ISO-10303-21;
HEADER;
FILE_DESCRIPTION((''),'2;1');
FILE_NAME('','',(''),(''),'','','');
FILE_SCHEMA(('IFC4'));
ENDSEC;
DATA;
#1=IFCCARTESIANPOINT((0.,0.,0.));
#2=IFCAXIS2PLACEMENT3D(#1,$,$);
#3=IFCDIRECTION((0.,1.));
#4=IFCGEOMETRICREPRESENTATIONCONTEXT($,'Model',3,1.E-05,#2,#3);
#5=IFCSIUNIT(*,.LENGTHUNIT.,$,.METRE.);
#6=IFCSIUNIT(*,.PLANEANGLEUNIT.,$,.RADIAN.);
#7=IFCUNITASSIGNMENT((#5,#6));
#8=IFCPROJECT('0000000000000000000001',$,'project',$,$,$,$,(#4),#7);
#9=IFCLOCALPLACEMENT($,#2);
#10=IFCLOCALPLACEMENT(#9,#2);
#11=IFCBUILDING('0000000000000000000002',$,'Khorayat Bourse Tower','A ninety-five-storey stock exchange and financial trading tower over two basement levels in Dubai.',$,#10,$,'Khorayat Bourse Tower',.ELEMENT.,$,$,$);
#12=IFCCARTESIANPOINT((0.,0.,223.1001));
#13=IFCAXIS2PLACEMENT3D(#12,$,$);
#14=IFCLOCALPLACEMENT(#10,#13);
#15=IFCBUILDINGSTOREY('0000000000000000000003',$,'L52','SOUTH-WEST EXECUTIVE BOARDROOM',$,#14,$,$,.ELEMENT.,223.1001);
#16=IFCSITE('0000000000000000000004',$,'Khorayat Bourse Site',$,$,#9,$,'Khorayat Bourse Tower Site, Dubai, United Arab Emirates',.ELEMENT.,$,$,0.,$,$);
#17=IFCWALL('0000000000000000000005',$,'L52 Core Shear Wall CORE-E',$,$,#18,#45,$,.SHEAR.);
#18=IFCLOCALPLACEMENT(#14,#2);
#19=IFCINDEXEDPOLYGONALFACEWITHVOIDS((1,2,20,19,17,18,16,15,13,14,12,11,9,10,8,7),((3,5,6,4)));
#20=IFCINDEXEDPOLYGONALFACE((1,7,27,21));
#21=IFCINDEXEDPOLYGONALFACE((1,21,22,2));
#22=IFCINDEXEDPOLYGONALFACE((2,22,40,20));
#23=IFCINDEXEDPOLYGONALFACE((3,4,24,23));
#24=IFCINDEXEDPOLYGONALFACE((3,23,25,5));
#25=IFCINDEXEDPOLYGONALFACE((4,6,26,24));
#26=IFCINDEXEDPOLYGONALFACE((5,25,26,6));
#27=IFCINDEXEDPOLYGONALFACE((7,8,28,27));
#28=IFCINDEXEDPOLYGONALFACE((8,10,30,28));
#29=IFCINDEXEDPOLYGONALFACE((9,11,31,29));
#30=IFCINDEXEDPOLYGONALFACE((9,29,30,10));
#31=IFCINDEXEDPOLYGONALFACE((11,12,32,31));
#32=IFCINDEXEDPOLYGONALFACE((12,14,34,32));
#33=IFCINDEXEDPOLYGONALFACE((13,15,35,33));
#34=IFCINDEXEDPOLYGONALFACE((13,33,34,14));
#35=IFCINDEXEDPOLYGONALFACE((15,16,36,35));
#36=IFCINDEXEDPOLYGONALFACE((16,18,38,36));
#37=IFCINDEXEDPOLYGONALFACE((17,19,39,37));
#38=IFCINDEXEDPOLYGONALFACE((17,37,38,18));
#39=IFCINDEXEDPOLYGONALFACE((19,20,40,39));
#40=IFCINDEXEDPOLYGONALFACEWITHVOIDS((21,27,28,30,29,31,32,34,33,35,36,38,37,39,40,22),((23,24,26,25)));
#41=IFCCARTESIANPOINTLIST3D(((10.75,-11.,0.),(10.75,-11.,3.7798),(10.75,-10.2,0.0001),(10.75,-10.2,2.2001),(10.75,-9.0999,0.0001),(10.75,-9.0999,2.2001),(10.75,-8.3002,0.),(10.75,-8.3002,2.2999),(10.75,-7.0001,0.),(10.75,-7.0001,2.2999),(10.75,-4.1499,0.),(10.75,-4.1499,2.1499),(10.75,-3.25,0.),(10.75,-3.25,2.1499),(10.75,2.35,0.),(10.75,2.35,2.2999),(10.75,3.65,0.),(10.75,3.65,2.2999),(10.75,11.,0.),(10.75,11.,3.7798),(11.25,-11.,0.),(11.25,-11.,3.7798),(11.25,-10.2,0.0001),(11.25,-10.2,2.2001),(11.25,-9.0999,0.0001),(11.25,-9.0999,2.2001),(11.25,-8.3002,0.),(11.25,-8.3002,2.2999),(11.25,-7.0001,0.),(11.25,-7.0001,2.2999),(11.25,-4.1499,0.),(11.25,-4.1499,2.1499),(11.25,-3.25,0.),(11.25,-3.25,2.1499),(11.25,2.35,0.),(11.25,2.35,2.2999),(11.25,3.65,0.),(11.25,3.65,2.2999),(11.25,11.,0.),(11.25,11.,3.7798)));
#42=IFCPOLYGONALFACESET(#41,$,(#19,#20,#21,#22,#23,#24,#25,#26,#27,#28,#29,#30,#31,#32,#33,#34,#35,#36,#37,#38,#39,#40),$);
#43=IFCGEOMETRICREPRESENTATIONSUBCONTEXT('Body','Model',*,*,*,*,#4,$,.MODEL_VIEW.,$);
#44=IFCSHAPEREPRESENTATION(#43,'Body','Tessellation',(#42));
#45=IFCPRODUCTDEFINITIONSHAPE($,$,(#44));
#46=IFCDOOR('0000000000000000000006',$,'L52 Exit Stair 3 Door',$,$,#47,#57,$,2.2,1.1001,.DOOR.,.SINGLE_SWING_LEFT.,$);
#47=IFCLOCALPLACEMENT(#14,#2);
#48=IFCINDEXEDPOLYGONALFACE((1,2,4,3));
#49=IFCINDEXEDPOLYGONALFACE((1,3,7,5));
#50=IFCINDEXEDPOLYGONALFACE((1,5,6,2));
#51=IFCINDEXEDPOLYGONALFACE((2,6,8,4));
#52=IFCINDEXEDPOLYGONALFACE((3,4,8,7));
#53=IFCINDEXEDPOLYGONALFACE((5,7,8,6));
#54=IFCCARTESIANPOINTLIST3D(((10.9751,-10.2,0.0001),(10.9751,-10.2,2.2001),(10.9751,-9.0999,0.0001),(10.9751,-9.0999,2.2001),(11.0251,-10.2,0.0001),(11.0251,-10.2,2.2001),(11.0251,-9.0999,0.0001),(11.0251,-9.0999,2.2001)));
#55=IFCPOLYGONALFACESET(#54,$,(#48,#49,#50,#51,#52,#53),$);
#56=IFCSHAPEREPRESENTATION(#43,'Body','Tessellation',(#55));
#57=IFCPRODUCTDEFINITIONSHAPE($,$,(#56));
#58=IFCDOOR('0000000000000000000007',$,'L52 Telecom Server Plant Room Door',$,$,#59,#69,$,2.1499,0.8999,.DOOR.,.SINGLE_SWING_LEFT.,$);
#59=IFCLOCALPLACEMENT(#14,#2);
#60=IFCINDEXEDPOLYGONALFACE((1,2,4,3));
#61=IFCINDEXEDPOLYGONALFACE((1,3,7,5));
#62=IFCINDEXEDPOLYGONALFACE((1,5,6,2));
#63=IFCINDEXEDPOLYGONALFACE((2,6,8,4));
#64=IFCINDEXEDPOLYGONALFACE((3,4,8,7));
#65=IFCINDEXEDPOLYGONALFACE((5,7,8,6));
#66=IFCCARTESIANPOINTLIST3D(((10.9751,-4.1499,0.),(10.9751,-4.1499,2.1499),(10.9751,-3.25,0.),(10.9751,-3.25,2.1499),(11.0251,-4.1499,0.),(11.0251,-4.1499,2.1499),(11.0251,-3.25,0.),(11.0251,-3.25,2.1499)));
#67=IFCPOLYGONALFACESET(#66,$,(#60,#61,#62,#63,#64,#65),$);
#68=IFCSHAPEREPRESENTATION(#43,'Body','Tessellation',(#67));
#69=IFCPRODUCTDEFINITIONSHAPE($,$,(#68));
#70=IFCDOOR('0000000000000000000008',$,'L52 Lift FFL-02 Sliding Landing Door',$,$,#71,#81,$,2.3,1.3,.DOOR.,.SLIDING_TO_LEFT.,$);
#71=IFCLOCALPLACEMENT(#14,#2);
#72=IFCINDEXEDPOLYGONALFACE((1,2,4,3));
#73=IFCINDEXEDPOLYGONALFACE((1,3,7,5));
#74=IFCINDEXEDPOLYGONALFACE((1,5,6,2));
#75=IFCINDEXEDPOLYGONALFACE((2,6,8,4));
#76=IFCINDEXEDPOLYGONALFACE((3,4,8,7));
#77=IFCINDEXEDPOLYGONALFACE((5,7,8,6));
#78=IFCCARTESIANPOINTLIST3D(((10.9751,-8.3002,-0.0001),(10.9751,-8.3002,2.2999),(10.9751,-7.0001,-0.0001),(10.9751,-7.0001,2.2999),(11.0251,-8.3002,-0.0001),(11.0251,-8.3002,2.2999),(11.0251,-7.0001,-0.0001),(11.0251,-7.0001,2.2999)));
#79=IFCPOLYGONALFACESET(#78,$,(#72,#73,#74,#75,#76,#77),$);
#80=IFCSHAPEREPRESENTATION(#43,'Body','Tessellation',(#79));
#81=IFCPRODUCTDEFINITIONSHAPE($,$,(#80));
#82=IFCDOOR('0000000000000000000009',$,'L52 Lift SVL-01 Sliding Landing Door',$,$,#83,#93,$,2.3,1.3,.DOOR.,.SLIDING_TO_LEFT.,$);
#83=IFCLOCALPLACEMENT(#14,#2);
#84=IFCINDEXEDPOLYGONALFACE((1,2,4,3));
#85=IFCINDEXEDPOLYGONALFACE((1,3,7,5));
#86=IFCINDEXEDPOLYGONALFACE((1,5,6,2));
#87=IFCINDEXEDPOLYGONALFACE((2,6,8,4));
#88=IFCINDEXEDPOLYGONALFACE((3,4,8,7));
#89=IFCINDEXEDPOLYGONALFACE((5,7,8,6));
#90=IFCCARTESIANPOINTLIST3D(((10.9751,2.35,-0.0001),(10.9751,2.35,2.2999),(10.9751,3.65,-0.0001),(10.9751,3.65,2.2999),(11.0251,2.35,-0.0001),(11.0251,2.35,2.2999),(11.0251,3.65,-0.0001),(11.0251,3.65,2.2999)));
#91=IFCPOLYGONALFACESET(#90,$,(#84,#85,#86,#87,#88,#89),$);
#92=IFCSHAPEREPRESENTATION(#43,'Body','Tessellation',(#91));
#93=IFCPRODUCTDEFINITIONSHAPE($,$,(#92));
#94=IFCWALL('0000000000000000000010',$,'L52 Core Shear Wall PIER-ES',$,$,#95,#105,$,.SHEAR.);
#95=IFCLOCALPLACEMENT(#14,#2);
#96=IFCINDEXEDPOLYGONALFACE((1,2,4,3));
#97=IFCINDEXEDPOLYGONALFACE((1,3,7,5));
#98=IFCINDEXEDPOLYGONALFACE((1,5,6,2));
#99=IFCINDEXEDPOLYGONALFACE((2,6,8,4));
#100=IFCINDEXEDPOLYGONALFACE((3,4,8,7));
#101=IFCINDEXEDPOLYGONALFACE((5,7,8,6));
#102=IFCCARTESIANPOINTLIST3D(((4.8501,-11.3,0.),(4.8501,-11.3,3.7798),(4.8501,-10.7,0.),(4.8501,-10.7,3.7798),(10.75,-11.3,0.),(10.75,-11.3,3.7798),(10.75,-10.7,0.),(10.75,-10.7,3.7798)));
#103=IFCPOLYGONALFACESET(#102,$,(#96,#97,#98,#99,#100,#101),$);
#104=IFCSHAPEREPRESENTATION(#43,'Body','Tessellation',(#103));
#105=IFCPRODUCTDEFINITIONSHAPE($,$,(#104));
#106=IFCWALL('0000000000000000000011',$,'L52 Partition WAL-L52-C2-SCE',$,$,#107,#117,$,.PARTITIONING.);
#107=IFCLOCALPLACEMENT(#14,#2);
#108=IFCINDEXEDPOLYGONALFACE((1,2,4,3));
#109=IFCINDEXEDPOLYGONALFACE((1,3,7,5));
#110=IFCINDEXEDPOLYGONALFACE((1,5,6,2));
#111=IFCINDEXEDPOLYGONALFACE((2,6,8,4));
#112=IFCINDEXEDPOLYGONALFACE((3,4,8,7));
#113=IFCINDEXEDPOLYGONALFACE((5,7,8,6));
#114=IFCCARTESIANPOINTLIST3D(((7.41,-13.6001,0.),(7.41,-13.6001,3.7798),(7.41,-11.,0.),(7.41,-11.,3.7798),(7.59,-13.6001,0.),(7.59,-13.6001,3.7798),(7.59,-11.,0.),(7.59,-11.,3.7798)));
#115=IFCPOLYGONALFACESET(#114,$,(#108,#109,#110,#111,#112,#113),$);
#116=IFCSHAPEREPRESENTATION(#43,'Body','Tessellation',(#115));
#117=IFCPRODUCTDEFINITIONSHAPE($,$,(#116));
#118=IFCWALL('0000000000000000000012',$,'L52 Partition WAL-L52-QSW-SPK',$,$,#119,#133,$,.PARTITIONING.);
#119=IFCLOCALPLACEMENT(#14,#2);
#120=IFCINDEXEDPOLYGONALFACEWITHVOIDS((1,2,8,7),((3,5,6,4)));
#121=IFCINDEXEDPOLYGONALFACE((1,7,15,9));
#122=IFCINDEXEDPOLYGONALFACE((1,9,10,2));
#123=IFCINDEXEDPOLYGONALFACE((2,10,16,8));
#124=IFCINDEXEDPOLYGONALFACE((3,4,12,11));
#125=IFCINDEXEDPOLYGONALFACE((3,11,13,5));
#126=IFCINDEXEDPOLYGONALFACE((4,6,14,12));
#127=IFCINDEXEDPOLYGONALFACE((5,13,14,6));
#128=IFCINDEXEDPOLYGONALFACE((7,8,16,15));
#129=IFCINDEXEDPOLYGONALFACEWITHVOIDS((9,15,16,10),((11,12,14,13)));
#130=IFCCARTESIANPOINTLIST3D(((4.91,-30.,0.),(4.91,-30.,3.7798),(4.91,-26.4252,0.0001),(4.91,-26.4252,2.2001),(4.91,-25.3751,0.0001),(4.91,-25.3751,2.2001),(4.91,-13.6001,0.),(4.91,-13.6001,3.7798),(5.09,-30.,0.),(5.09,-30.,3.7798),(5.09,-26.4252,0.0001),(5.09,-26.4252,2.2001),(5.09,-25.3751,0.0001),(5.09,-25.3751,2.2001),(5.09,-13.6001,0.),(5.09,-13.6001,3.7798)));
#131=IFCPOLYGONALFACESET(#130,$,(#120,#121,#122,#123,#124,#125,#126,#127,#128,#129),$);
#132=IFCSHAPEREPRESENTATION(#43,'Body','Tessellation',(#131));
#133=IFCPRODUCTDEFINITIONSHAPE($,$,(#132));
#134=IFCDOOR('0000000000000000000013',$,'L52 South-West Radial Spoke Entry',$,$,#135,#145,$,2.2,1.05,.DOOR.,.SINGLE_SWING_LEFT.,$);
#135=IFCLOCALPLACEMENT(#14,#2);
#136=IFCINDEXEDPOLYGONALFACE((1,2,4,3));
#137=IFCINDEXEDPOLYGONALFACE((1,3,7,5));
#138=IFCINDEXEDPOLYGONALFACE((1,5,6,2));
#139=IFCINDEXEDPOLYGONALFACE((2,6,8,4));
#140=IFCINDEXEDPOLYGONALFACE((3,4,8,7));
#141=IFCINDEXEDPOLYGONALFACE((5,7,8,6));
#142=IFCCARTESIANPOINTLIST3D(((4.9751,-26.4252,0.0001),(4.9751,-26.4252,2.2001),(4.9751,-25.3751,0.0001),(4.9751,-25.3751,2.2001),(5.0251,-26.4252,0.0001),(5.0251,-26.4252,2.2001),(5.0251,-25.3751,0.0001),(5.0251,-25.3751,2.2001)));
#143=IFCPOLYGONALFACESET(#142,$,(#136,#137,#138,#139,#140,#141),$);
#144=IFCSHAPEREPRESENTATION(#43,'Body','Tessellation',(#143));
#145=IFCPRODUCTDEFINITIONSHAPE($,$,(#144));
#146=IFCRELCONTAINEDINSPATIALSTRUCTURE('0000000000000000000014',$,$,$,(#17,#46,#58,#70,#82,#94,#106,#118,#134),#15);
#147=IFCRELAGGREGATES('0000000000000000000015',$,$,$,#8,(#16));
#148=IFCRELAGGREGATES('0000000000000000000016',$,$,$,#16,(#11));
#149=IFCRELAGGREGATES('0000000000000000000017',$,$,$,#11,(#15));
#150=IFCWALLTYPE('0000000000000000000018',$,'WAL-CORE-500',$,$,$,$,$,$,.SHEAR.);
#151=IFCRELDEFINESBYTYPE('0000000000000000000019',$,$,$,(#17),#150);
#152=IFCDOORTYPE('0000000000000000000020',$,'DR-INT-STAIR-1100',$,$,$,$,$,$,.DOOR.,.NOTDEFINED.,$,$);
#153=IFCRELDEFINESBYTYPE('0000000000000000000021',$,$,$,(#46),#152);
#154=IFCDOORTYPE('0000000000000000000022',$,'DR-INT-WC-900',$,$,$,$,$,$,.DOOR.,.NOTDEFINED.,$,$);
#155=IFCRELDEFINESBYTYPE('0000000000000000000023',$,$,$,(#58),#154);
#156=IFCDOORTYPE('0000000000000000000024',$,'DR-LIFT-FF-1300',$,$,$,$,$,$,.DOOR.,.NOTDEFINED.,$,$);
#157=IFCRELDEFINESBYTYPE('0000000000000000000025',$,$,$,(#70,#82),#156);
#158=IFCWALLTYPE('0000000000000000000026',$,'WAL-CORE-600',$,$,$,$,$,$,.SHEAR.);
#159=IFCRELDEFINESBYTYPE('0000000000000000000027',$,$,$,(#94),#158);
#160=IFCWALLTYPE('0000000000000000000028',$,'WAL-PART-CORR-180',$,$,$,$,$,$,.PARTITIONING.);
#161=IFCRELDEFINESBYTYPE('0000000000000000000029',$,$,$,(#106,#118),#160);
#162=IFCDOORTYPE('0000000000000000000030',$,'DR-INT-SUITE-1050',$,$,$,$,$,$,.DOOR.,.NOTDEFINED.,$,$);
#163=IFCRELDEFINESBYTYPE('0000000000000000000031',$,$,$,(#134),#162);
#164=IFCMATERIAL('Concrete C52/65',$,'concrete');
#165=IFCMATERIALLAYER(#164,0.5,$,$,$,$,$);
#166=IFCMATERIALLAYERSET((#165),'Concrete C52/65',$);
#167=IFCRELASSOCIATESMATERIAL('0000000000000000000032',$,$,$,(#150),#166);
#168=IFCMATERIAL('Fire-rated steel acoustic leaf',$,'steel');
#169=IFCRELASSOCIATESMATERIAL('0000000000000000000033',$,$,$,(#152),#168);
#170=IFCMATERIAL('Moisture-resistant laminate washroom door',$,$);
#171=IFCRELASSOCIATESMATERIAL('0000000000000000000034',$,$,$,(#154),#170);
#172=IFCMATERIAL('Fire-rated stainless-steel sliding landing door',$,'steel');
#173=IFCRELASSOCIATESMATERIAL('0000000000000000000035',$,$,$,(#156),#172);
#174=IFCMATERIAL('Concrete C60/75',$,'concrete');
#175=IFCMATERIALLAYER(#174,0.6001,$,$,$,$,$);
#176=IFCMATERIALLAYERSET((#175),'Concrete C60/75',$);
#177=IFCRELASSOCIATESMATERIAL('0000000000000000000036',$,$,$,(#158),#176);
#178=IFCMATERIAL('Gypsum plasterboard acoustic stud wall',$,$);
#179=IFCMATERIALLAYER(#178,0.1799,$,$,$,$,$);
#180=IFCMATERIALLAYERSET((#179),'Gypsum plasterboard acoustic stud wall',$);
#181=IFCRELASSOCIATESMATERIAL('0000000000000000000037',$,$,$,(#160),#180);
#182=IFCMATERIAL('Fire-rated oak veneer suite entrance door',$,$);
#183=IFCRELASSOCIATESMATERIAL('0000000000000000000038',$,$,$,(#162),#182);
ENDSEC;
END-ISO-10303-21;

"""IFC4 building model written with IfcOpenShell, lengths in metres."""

from ifc_helpers import new_model, si_unit, direction, frame, frame_2d, origin, place, context, subcontext, project, spatial, rectangle, extrude, source, transform, mapped, material, layer, layer_set, type_object, element, fill, save


model = new_model("IFC4")

# Units and contexts
model_context = context("Model", 3, precision=1e-05, world=origin(), true_north=direction((0.0, 1.0)))
body_context = subcontext(model_context, "Body", "Model", "MODEL_VIEW")
ifc_project = project(units=[si_unit("LENGTHUNIT", "METRE"), si_unit("PLANEANGLEUNIT", "RADIAN")], contexts=[model_context])

# Site, building, storey
site_placement = place(None, origin())
site = spatial("IfcSite", under=ifc_project, at=site_placement, Name="Khorayat Bourse Site", LongName="Khorayat Bourse Tower Site, Dubai, United Arab Emirates", CompositionType="ELEMENT", RefElevation=0.0)
building_placement = place(site_placement, origin())
building = spatial("IfcBuilding", under=site, at=building_placement, Name="Khorayat Bourse Tower", Description="A ninety-five-storey stock exchange and financial trading tower over two basement levels in Dubai.", LongName="Khorayat Bourse Tower", CompositionType="ELEMENT")
storey_placement = place(building_placement, frame((0.0, 0.0, 223.1001)))
storey = spatial("IfcBuildingStorey", under=building, at=storey_placement, Name="L52", Description="SOUTH-WEST EXECUTIVE BOARDROOM", CompositionType="ELEMENT", Elevation=223.1001)

# Shared definitions
ifc_material_1 = material(Name="Concrete C60/75", Category="concrete")

# Wall, openings, doors
ifc_material_2 = material(Name="Concrete C52/65", Category="concrete")
ifc_layer_1 = layer(ifc_material_2, 0.5)
ifc_layer_set_1 = layer_set([ifc_layer_1], Name="Concrete C52/65")
wall_type_1 = type_object("IfcWallType", Name="WAL-CORE-500", PredefinedType="SHEAR", material=ifc_layer_set_1)
shared_shape_1 = source(origin(), body_context, "Body", "SweptSolid", [
    extrude(rectangle(XDim=22.0, YDim=0.5, at=frame_2d((11.0, 0.0))), origin(), (0.0, 0.0, 1.0), 3.7798),
])
wall_1_placement = place(storey_placement, frame((11.0, -11.0, 0.0), z_axis=(0.0, 0.0, 1.0), x_axis=(0.0, 1.0, 0.0)))
wall_1 = element("IfcWall", 1, at=wall_1_placement, inside=storey, type_object=wall_type_1, Name="L52 Core Shear Wall CORE-E", PredefinedType="SHEAR", context=body_context, shape_type="MappedRepresentation", body=[
    mapped(shared_shape_1, transform((0.0, 0.0, 0.0), scale=1.0)),
])
shared_shape_2 = source(origin(), body_context, "Body", "SweptSolid", [
    extrude(rectangle(XDim=1.1001, YDim=2.2, at=frame_2d((0.55, 1.1001))), frame((0.0, 0.26, 0.0), z_axis=(0.0, -1.0, 0.0), x_axis=(1.0, 0.0, 0.0)), (0.0, 0.0, 1.0), 0.52),
])
opening_1_placement = place(wall_1_placement, frame((0.8, 0.0, 0.0)))
opening_1 = element("IfcOpeningElement", 2, at=opening_1_placement, cuts=wall_1, PredefinedType="OPENING", context=body_context, shape_type="MappedRepresentation", body=[
    mapped(shared_shape_2, transform((0.0, 0.0, 0.0), scale=1.0)),
])
shared_shape_3 = source(origin(), body_context, "Body", "SweptSolid", [
    extrude(rectangle(XDim=0.8999, YDim=2.1499, at=frame_2d((0.45, 1.075))), frame((0.0, 0.26, 0.0), z_axis=(0.0, -1.0, 0.0), x_axis=(1.0, 0.0, 0.0)), (0.0, 0.0, 1.0), 0.52),
])
opening_2_placement = place(wall_1_placement, frame((6.8501, 0.0, 0.0)))
opening_2 = element("IfcOpeningElement", 3, at=opening_2_placement, cuts=wall_1, PredefinedType="OPENING", context=body_context, shape_type="MappedRepresentation", body=[
    mapped(shared_shape_3, transform((0.0, 0.0, 0.0), scale=1.0)),
])
shared_shape_4 = source(origin(), body_context, "Body", "SweptSolid", [
    extrude(rectangle(XDim=1.3, YDim=2.3, at=frame_2d((0.6499, 1.1499))), frame((0.0, 0.26, 0.0), z_axis=(0.0, -1.0, 0.0), x_axis=(1.0, 0.0, 0.0)), (0.0, 0.0, 1.0), 0.52),
])
opening_3_placement = place(wall_1_placement, frame((2.7, 0.0, 0.0)))
opening_3 = element("IfcOpeningElement", 4, at=opening_3_placement, cuts=wall_1, PredefinedType="OPENING", context=body_context, shape_type="MappedRepresentation", body=[
    mapped(shared_shape_4, transform((0.0, 0.0, 0.0), scale=1.0)),
])
opening_4_placement = place(wall_1_placement, frame((13.3501, 0.0, 0.0)))
opening_4 = element("IfcOpeningElement", 5, at=opening_4_placement, cuts=wall_1, PredefinedType="OPENING", context=body_context, shape_type="MappedRepresentation", body=[
    mapped(shared_shape_4, transform((0.0, 0.0, 0.0), scale=1.0)),
])
ifc_material_3 = material(Name="Fire-rated steel acoustic leaf", Category="steel")
door_type_1 = type_object("IfcDoorType", Name="DR-INT-STAIR-1100", OperationType="NOTDEFINED", PredefinedType="DOOR", material=ifc_material_3)
shared_shape_5 = source(origin(), body_context, "Body", "SweptSolid", [
    extrude(rectangle(XDim=1.1001, YDim=2.2, at=frame_2d((0.55, 1.1001))), frame((0.0, 0.0249, 0.0), z_axis=(0.0, -1.0, 0.0), x_axis=(1.0, 0.0, 0.0)), (0.0, 0.0, 1.0), 0.05),
])
door_1_placement = place(opening_1_placement, origin())
door_1 = element("IfcDoor", 6, at=door_1_placement, inside=storey, type_object=door_type_1, Name="L52 Exit Stair 3 Door", OperationType="SINGLE_SWING_LEFT", OverallHeight=2.2, OverallWidth=1.1001, PredefinedType="DOOR", context=body_context, shape_type="MappedRepresentation", body=[
    mapped(shared_shape_5, transform((0.0, 0.0, 0.0), scale=1.0)),
])
fill(opening_1, door_1)
ifc_material_4 = material(Name="Moisture-resistant laminate washroom door")
door_type_2 = type_object("IfcDoorType", Name="DR-INT-WC-900", OperationType="NOTDEFINED", PredefinedType="DOOR", material=ifc_material_4)
shared_shape_6 = source(origin(), body_context, "Body", "SweptSolid", [
    extrude(rectangle(XDim=0.8999, YDim=2.1499, at=frame_2d((0.45, 1.075))), frame((0.0, 0.0249, 0.0), z_axis=(0.0, -1.0, 0.0), x_axis=(1.0, 0.0, 0.0)), (0.0, 0.0, 1.0), 0.05),
])
door_2_placement = place(opening_2_placement, origin())
door_2 = element("IfcDoor", 7, at=door_2_placement, inside=storey, type_object=door_type_2, Name="L52 Telecom Server Plant Room Door", OperationType="SINGLE_SWING_LEFT", OverallHeight=2.1499, OverallWidth=0.8999, PredefinedType="DOOR", context=body_context, shape_type="MappedRepresentation", body=[
    mapped(shared_shape_6, transform((0.0, 0.0, 0.0), scale=1.0)),
])
fill(opening_2, door_2)
ifc_material_5 = material(Name="Fire-rated stainless-steel sliding landing door", Category="steel")
door_type_3 = type_object("IfcDoorType", Name="DR-LIFT-FF-1300", OperationType="NOTDEFINED", PredefinedType="DOOR", material=ifc_material_5)
shared_shape_7 = source(origin(), body_context, "Body", "SweptSolid", [
    extrude(rectangle(XDim=1.3, YDim=2.3, at=frame_2d((0.6499, 1.1499))), frame((0.0, 0.0249, 0.0), z_axis=(0.0, -1.0, 0.0), x_axis=(1.0, 0.0, 0.0)), (0.0, 0.0, 1.0), 0.05),
])
door_3_placement = place(opening_3_placement, origin())
door_3 = element("IfcDoor", 8, at=door_3_placement, inside=storey, type_object=door_type_3, Name="L52 Lift FFL-02 Sliding Landing Door", OperationType="SLIDING_TO_LEFT", OverallHeight=2.3, OverallWidth=1.3, PredefinedType="DOOR", context=body_context, shape_type="MappedRepresentation", body=[
    mapped(shared_shape_7, transform((0.0, 0.0, 0.0), scale=1.0)),
])
fill(opening_3, door_3)
door_4_placement = place(opening_4_placement, origin())
door_4 = element("IfcDoor", 9, at=door_4_placement, inside=storey, type_object=door_type_3, Name="L52 Lift SVL-01 Sliding Landing Door", OperationType="SLIDING_TO_LEFT", OverallHeight=2.3, OverallWidth=1.3, PredefinedType="DOOR", context=body_context, shape_type="MappedRepresentation", body=[
    mapped(shared_shape_7, transform((0.0, 0.0, 0.0), scale=1.0)),
])
fill(opening_4, door_4)

# Walls
ifc_layer_2 = layer(ifc_material_1, 0.6001)
ifc_layer_set_2 = layer_set([ifc_layer_2], Name="Concrete C60/75")
wall_type_2 = type_object("IfcWallType", Name="WAL-CORE-600", PredefinedType="SHEAR", material=ifc_layer_set_2)
shared_shape_8 = source(origin(), body_context, "Body", "SweptSolid", [
    extrude(rectangle(XDim=5.8999, YDim=0.6001, at=frame_2d((2.95, 0.0))), origin(), (0.0, 0.0, 1.0), 3.7798),
])
wall_2_placement = place(storey_placement, frame((4.8501, -11.0, 0.0), z_axis=(0.0, 0.0, 1.0), x_axis=(1.0, 0.0, 0.0)))
element("IfcWall", 10, at=wall_2_placement, inside=storey, type_object=wall_type_2, Name="L52 Core Shear Wall PIER-ES", PredefinedType="SHEAR", context=body_context, shape_type="MappedRepresentation", body=[
    mapped(shared_shape_8, transform((0.0, 0.0, 0.0), scale=1.0)),
])
ifc_material_6 = material(Name="Gypsum plasterboard acoustic stud wall")
ifc_layer_3 = layer(ifc_material_6, 0.1799)
ifc_layer_set_3 = layer_set([ifc_layer_3], Name="Gypsum plasterboard acoustic stud wall")
wall_type_3 = type_object("IfcWallType", Name="WAL-PART-CORR-180", PredefinedType="PARTITIONING", material=ifc_layer_set_3)
shared_shape_9 = source(origin(), body_context, "Body", "SweptSolid", [
    extrude(rectangle(XDim=2.6001, YDim=0.1799, at=frame_2d((1.3, 0.0))), origin(), (0.0, 0.0, 1.0), 3.7798),
])
wall_3_placement = place(storey_placement, frame((7.5, -13.6001, 0.0), z_axis=(0.0, 0.0, 1.0), x_axis=(0.0, 1.0, 0.0)))
element("IfcWall", 11, at=wall_3_placement, inside=storey, type_object=wall_type_3, Name="L52 Partition WAL-L52-C2-SCE", PredefinedType="PARTITIONING", context=body_context, shape_type="MappedRepresentation", body=[
    mapped(shared_shape_9, transform((0.0, 0.0, 0.0), scale=1.0)),
])

# Wall, opening, door
shared_shape_10 = source(origin(), body_context, "Body", "SweptSolid", [
    extrude(rectangle(XDim=16.3999, YDim=0.1799, at=frame_2d((8.2, 0.0))), origin(), (0.0, 0.0, 1.0), 3.7798),
])
wall_4_placement = place(storey_placement, frame((5.0, -30.0, 0.0), z_axis=(0.0, 0.0, 1.0), x_axis=(0.0, 1.0, 0.0)))
wall_4 = element("IfcWall", 12, at=wall_4_placement, inside=storey, type_object=wall_type_3, Name="L52 Partition WAL-L52-QSW-SPK", PredefinedType="PARTITIONING", context=body_context, shape_type="MappedRepresentation", body=[
    mapped(shared_shape_10, transform((0.0, 0.0, 0.0), scale=1.0)),
])
shared_shape_11 = source(origin(), body_context, "Body", "SweptSolid", [
    extrude(rectangle(XDim=1.05, YDim=2.2, at=frame_2d((0.5249, 1.1001))), frame((0.0, 0.0999, 0.0), z_axis=(0.0, -1.0, 0.0), x_axis=(1.0, 0.0, 0.0)), (0.0, 0.0, 1.0), 0.2),
])
opening_5_placement = place(wall_4_placement, frame((3.575, 0.0, 0.0)))
opening_5 = element("IfcOpeningElement", 13, at=opening_5_placement, cuts=wall_4, PredefinedType="OPENING", context=body_context, shape_type="MappedRepresentation", body=[
    mapped(shared_shape_11, transform((0.0, 0.0, 0.0), scale=1.0)),
])
ifc_material_7 = material(Name="Fire-rated oak veneer suite entrance door")
door_type_4 = type_object("IfcDoorType", Name="DR-INT-SUITE-1050", OperationType="NOTDEFINED", PredefinedType="DOOR", material=ifc_material_7)
shared_shape_12 = source(origin(), body_context, "Body", "SweptSolid", [
    extrude(rectangle(XDim=1.05, YDim=2.2, at=frame_2d((0.5249, 1.1001))), frame((0.0, 0.0249, 0.0), z_axis=(0.0, -1.0, 0.0), x_axis=(1.0, 0.0, 0.0)), (0.0, 0.0, 1.0), 0.05),
])
door_5_placement = place(opening_5_placement, origin())
door_5 = element("IfcDoor", 14, at=door_5_placement, inside=storey, type_object=door_type_4, Name="L52 South-West Radial Spoke Entry", OperationType="SINGLE_SWING_LEFT", OverallHeight=2.2, OverallWidth=1.05, PredefinedType="DOOR", context=body_context, shape_type="MappedRepresentation", body=[
    mapped(shared_shape_12, transform((0.0, 0.0, 0.0), scale=1.0)),
])
fill(opening_5, door_5)

save(model, "model.ifc")
